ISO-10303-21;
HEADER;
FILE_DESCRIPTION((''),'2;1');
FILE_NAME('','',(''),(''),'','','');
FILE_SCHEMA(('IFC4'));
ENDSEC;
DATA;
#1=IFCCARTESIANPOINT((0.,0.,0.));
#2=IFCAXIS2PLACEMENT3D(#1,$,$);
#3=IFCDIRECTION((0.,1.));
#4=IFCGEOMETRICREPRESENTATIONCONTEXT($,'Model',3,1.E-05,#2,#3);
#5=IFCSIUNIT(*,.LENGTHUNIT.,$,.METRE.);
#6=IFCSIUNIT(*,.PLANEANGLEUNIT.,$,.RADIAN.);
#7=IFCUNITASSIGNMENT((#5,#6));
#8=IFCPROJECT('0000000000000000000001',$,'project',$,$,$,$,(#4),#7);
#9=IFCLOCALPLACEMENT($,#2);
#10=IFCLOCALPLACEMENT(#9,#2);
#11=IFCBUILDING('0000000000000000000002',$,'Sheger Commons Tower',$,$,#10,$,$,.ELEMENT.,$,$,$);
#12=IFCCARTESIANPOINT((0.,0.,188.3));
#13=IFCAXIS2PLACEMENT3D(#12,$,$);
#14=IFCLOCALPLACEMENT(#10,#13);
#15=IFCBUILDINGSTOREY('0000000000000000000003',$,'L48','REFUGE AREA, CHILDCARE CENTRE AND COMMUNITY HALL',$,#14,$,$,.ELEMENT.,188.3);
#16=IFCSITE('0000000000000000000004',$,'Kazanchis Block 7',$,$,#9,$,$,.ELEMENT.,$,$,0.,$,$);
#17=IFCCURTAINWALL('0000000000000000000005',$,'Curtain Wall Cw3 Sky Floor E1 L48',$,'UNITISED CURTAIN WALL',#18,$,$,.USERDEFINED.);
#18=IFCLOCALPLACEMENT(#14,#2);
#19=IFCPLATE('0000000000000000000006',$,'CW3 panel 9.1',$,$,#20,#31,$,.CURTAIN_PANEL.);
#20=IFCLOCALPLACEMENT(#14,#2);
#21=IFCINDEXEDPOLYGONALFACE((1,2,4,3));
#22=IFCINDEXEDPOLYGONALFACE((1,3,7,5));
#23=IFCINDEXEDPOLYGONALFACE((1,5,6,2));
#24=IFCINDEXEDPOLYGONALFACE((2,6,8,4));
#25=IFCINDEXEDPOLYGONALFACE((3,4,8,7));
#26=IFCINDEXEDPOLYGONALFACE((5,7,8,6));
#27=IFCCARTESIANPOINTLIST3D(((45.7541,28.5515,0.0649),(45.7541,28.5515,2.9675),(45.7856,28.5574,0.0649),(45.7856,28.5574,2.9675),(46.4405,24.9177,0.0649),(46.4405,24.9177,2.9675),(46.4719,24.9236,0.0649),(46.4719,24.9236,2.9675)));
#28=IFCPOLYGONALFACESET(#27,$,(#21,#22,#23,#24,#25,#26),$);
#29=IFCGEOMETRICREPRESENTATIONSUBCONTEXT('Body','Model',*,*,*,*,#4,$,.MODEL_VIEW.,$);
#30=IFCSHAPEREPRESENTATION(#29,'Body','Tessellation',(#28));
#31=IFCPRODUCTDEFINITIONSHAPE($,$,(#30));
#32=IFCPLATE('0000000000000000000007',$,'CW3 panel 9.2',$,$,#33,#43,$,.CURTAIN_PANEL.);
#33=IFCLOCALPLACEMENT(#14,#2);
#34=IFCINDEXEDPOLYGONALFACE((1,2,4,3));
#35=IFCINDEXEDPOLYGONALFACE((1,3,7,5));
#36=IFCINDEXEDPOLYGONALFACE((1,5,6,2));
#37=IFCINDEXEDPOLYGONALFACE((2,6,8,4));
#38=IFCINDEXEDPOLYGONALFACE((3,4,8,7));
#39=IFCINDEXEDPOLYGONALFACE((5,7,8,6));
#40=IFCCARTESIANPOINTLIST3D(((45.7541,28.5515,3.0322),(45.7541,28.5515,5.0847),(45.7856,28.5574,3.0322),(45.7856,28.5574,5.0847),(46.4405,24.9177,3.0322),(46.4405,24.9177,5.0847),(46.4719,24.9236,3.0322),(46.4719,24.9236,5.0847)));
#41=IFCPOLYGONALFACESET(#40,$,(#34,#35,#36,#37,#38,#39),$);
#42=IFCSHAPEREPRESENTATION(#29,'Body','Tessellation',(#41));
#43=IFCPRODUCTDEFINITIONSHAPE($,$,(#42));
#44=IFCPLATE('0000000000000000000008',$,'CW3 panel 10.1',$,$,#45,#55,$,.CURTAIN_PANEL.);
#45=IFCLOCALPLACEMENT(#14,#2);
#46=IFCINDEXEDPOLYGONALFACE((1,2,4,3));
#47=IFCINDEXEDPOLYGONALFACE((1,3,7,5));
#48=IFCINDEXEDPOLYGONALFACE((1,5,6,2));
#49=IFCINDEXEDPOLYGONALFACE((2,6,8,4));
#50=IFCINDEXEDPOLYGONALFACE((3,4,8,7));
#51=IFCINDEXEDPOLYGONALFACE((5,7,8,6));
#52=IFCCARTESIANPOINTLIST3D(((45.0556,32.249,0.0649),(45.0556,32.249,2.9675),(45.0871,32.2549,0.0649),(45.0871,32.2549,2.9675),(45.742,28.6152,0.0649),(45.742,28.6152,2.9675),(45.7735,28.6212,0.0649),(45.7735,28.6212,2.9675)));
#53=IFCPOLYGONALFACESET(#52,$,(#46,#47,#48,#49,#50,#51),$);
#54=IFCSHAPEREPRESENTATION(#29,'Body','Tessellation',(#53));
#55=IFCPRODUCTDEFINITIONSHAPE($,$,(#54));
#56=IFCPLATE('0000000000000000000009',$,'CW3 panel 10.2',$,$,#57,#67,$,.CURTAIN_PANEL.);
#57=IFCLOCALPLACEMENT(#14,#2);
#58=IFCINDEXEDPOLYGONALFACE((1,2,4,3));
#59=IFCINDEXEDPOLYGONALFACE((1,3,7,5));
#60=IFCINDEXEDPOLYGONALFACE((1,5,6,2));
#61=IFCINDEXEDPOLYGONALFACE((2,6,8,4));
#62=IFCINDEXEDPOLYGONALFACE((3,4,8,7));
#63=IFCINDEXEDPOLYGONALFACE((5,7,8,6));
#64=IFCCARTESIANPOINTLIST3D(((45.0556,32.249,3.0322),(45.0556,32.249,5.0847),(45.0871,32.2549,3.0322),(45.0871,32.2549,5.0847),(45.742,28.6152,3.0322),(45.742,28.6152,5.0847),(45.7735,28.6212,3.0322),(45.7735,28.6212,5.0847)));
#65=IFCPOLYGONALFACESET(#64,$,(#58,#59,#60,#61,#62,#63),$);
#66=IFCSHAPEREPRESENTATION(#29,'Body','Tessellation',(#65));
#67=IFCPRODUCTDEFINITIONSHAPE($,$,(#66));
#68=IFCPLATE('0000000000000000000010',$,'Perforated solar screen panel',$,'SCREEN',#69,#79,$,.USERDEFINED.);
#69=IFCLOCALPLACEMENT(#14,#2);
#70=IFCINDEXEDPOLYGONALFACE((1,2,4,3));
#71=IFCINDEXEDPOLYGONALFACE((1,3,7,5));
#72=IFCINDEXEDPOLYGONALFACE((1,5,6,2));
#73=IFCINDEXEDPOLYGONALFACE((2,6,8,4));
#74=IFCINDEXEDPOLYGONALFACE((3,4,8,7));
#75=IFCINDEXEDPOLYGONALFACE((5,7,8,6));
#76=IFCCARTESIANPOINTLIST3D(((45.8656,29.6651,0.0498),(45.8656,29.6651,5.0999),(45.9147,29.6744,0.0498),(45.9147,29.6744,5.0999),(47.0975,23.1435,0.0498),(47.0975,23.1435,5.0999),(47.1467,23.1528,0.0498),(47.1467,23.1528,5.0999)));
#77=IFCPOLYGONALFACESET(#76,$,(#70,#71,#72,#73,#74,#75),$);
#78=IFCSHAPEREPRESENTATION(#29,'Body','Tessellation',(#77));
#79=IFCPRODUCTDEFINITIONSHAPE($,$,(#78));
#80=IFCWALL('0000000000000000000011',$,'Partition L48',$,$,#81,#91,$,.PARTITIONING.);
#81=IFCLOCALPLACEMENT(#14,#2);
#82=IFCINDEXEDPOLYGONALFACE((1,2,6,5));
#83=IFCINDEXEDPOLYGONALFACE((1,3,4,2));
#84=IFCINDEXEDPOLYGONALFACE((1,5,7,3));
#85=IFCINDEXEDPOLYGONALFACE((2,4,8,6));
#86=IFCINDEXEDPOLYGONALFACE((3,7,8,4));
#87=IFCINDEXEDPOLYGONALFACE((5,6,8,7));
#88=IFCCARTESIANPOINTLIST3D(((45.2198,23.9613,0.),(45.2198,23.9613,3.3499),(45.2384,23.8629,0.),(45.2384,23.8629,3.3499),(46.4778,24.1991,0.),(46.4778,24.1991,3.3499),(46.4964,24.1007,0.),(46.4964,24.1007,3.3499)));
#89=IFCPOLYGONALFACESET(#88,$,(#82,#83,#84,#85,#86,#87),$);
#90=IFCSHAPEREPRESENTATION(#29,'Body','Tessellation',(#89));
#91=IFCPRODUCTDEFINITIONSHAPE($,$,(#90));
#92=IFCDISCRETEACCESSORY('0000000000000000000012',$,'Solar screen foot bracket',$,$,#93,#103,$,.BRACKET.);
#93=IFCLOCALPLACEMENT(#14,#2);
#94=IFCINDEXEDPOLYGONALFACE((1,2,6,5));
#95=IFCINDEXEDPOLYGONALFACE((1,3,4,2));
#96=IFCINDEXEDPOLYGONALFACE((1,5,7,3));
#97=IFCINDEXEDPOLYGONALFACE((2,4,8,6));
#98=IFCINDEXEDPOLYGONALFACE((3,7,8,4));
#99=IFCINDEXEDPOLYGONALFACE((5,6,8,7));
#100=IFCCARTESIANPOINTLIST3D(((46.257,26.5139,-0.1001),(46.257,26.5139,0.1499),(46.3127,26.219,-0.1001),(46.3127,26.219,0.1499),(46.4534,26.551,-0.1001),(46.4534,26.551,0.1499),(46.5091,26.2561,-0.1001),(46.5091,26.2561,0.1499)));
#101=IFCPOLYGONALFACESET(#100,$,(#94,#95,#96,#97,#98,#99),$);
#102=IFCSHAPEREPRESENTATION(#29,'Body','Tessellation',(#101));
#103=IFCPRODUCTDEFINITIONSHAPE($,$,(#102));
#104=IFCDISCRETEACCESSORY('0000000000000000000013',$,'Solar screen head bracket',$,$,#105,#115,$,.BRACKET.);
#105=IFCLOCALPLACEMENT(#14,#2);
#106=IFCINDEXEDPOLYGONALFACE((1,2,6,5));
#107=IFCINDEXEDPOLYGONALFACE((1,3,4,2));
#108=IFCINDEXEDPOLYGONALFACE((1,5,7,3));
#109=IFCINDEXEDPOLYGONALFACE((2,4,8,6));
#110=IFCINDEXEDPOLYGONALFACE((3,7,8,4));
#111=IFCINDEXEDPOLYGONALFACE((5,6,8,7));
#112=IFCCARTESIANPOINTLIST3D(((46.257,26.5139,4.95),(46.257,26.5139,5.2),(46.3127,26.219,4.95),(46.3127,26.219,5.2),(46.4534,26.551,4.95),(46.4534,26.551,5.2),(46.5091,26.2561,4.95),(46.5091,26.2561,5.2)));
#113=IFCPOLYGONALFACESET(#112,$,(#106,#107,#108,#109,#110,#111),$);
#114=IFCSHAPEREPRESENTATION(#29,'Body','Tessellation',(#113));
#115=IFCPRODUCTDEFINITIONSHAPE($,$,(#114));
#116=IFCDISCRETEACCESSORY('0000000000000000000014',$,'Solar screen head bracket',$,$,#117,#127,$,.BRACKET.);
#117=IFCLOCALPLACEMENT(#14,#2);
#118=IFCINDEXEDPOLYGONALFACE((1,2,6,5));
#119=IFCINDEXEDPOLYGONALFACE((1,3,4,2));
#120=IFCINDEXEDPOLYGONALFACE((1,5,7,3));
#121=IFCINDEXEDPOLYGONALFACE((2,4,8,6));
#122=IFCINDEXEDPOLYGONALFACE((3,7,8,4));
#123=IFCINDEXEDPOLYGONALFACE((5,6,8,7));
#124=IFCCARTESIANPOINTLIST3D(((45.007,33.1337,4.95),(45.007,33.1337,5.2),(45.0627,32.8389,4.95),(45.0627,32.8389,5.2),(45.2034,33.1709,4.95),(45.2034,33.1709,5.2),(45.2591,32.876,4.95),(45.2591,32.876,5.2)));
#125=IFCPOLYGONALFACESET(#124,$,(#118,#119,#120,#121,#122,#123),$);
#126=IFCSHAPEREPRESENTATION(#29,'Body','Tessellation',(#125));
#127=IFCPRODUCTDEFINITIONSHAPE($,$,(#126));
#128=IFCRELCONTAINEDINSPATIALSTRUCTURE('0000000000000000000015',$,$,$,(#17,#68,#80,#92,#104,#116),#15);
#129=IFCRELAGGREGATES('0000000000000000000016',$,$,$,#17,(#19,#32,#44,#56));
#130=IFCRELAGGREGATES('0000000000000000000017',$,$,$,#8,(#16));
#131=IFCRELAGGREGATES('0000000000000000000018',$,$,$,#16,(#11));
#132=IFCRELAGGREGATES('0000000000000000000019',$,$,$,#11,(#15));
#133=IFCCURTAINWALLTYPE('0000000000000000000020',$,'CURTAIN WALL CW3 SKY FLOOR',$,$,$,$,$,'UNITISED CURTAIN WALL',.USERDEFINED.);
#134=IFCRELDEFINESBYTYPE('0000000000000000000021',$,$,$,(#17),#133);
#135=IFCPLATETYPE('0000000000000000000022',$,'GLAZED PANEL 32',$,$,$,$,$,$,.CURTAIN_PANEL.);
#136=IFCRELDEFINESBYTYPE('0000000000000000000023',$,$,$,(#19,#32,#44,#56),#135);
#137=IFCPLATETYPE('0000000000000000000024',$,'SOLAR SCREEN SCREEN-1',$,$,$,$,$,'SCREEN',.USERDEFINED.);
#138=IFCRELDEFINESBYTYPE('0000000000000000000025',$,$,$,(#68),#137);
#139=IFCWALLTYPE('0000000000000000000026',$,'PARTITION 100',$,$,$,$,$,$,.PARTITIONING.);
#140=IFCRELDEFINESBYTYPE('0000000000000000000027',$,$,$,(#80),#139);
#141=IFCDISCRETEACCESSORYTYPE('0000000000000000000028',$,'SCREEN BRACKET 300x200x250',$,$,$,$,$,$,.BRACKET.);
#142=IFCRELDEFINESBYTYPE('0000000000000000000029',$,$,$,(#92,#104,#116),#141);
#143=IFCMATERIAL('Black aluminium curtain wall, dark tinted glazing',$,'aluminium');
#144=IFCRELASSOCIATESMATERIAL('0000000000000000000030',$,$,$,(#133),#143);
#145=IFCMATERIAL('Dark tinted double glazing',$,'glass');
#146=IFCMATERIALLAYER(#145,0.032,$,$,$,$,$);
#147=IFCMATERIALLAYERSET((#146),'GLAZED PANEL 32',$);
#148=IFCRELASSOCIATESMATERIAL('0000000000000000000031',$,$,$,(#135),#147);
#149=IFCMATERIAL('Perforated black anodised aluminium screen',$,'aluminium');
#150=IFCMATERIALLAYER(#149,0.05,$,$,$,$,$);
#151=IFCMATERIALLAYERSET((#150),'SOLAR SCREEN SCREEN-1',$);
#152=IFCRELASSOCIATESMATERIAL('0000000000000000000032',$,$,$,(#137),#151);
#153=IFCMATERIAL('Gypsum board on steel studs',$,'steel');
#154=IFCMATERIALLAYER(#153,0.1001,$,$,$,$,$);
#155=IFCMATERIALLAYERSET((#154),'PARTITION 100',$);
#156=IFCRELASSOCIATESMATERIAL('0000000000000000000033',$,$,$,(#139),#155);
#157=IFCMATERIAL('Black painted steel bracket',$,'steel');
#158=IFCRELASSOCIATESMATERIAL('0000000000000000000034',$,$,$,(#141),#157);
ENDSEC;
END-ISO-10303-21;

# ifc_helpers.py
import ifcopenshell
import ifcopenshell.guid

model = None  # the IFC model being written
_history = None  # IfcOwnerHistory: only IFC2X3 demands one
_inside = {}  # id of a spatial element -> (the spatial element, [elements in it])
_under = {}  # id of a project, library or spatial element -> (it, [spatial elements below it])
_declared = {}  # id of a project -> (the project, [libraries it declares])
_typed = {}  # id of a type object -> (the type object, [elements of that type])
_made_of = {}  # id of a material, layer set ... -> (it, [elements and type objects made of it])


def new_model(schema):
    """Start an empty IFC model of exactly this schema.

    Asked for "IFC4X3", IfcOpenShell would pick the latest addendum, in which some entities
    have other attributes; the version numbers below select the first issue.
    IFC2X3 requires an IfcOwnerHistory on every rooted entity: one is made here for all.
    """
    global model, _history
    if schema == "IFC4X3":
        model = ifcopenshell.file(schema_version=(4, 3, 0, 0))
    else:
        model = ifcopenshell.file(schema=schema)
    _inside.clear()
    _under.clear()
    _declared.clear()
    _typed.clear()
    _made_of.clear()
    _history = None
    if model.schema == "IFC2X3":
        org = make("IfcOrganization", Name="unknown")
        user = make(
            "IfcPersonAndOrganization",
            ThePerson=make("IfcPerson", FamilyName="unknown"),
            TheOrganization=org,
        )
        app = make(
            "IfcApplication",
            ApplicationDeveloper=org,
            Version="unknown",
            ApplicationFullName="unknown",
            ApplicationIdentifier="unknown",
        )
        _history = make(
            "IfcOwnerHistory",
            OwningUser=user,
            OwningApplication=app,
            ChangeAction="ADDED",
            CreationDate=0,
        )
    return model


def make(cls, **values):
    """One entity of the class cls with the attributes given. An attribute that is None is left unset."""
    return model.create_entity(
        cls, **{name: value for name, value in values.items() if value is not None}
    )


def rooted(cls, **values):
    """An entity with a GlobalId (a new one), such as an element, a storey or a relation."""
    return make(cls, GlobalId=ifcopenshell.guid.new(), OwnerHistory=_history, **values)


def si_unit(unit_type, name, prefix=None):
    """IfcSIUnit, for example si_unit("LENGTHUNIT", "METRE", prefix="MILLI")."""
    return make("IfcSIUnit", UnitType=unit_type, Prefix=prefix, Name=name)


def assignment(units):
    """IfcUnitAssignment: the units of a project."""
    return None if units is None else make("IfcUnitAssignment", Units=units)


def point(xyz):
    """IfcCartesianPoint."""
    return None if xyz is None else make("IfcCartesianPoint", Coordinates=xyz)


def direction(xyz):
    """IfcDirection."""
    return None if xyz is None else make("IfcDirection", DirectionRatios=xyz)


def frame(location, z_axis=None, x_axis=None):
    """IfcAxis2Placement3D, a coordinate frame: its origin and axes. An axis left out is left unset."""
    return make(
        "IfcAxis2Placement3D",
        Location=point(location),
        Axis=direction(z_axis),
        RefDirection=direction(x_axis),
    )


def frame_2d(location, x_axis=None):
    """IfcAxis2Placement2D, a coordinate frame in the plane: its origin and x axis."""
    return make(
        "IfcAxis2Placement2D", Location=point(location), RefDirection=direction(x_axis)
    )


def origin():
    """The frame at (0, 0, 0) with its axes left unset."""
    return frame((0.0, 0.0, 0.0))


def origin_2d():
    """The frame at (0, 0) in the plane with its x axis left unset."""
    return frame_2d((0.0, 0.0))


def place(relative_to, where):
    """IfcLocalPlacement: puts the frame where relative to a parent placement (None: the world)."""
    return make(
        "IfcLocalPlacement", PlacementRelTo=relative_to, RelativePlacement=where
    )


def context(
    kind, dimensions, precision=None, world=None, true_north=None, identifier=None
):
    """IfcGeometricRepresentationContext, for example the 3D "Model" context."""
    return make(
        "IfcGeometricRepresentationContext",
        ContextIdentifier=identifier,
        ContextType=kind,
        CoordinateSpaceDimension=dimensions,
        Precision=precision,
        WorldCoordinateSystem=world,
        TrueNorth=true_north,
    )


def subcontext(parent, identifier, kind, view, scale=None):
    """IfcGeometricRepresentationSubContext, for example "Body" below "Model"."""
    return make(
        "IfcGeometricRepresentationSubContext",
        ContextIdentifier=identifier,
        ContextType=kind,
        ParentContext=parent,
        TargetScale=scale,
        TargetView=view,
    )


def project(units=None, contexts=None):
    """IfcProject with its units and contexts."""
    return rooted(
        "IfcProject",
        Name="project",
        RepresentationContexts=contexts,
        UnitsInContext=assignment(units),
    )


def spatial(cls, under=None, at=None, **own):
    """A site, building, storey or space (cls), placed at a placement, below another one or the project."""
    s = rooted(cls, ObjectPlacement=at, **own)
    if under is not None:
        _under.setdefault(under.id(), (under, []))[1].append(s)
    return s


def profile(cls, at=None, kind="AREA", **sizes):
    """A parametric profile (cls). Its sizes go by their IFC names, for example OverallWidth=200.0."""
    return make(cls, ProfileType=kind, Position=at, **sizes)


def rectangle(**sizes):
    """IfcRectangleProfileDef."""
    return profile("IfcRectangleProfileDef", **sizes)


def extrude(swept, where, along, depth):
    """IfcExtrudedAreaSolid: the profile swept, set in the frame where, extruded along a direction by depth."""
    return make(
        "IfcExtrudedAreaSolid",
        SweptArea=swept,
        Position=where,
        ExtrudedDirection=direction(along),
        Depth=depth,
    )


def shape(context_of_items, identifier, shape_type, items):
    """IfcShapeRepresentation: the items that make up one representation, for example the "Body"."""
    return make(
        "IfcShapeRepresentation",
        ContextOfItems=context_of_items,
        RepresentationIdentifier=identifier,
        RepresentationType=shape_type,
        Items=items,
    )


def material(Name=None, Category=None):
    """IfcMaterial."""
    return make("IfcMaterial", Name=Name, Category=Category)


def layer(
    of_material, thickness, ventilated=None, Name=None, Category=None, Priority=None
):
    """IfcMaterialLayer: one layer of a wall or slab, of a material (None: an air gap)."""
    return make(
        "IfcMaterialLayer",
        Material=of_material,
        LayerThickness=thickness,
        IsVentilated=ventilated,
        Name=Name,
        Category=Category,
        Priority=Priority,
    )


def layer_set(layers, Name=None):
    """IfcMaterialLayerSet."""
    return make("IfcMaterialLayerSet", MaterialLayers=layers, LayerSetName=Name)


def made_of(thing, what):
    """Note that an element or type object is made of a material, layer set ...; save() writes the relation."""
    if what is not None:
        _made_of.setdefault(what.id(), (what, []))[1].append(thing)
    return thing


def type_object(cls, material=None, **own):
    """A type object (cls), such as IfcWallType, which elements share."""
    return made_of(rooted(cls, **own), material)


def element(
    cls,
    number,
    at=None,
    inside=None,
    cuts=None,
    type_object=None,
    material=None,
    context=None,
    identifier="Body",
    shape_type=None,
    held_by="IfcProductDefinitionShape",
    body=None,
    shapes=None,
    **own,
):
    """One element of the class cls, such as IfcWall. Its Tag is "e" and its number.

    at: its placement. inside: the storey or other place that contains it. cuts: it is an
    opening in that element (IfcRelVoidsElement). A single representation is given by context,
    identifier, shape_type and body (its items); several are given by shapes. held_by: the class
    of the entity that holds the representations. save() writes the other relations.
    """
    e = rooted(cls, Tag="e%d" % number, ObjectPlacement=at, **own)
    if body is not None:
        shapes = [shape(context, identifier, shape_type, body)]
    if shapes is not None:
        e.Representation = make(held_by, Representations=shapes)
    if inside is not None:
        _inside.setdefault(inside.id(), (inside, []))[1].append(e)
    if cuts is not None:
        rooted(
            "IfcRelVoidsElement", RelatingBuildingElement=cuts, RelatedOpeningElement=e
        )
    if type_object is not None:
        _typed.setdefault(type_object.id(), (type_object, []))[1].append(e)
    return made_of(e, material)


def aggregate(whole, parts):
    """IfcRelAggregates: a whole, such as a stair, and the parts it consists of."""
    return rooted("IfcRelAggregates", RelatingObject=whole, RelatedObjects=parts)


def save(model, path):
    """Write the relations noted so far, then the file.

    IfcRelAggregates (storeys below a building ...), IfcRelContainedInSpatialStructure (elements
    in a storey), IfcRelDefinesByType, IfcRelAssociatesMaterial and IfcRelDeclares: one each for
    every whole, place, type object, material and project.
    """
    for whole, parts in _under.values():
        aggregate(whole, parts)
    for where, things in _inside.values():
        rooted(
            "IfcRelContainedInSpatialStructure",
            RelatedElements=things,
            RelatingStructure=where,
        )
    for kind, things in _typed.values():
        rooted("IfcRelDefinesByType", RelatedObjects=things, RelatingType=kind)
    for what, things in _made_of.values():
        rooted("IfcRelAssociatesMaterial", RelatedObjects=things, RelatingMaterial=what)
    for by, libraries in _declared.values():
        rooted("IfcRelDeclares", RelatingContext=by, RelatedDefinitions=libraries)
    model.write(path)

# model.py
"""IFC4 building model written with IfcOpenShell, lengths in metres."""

from ifc_helpers import new_model, si_unit, direction, frame, frame_2d, origin, origin_2d, place, context, subcontext, project, spatial, rectangle, extrude, material, layer, layer_set, type_object, element, aggregate, save


model = new_model("IFC4")

# Units and contexts
model_context = context("Model", 3, precision=1e-05, world=origin(), true_north=direction((0.0, 1.0)))
body_context = subcontext(model_context, "Body", "Model", "MODEL_VIEW")
ifc_project = project(units=[si_unit("LENGTHUNIT", "METRE"), si_unit("PLANEANGLEUNIT", "RADIAN")], contexts=[model_context])

# Site, building, storey
site_placement = place(None, origin())
site = spatial("IfcSite", under=ifc_project, at=site_placement, Name="Kazanchis Block 7", CompositionType="ELEMENT", RefElevation=0.0)
building_placement = place(site_placement, origin())
building = spatial("IfcBuilding", under=site, at=building_placement, Name="Sheger Commons Tower", CompositionType="ELEMENT")
storey_placement = place(building_placement, frame((0.0, 0.0, 188.3)))
storey = spatial("IfcBuildingStorey", under=building, at=storey_placement, Name="L48", Description="REFUGE AREA, CHILDCARE CENTRE AND COMMUNITY HALL", CompositionType="ELEMENT", Elevation=188.3)

# Curtain wall, plates
ifc_material_1 = material(Name="Black aluminium curtain wall, dark tinted glazing", Category="aluminium")
curtain_wall_type = type_object("IfcCurtainWallType", Name="CURTAIN WALL CW3 SKY FLOOR", ElementType="UNITISED CURTAIN WALL", PredefinedType="USERDEFINED", material=ifc_material_1)
curtain_wall_placement = place(storey_placement, origin())
curtain_wall = element("IfcCurtainWall", 1, at=curtain_wall_placement, inside=storey, type_object=curtain_wall_type, Name="Curtain Wall Cw3 Sky Floor E1 L48", ObjectType="UNITISED CURTAIN WALL", PredefinedType="USERDEFINED")
ifc_material_2 = material(Name="Dark tinted double glazing", Category="glass")
ifc_layer_1 = layer(ifc_material_2, 0.032)
ifc_layer_set_1 = layer_set([ifc_layer_1], Name="GLAZED PANEL 32")
plate_type_1 = type_object("IfcPlateType", Name="GLAZED PANEL 32", PredefinedType="CURTAIN_PANEL", material=ifc_layer_set_1)
plate_1_placement = place(storey_placement, frame((46.113, 26.7375, 0.0649), z_axis=(0.0, 0.0, 1.0), x_axis=(-0.18561, 0.982624, 0.0)))
plate_1 = element("IfcPlate", 2, at=plate_1_placement, type_object=plate_type_1, Name="CW3 panel 9.1", PredefinedType="CURTAIN_PANEL", context=body_context, shape_type="SweptSolid", body=[
    extrude(rectangle(XDim=3.698, YDim=0.032, at=origin_2d()), origin(), (0.0, 0.0, 1.0), 2.9026),
])
plate_2_placement = place(storey_placement, frame((46.113, 26.7375, 3.0322), z_axis=(0.0, 0.0, 1.0), x_axis=(-0.18561, 0.982624, 0.0)))
plate_2 = element("IfcPlate", 3, at=plate_2_placement, type_object=plate_type_1, Name="CW3 panel 9.2", PredefinedType="CURTAIN_PANEL", context=body_context, shape_type="SweptSolid", body=[
    extrude(rectangle(XDim=3.698, YDim=0.032, at=origin_2d()), origin(), (0.0, 0.0, 1.0), 2.0525),
])
plate_3_placement = place(storey_placement, frame((45.4146, 30.4351, 0.0649), z_axis=(0.0, 0.0, 1.0), x_axis=(-0.18561, 0.982624, 0.0)))
plate_3 = element("IfcPlate", 4, at=plate_3_placement, type_object=plate_type_1, Name="CW3 panel 10.1", PredefinedType="CURTAIN_PANEL", context=body_context, shape_type="SweptSolid", body=[
    extrude(rectangle(XDim=3.698, YDim=0.032, at=origin_2d()), origin(), (0.0, 0.0, 1.0), 2.9026),
])
plate_4_placement = place(storey_placement, frame((45.4146, 30.4351, 3.0322), z_axis=(0.0, 0.0, 1.0), x_axis=(-0.18561, 0.982624, 0.0)))
plate_4 = element("IfcPlate", 5, at=plate_4_placement, type_object=plate_type_1, Name="CW3 panel 10.2", PredefinedType="CURTAIN_PANEL", context=body_context, shape_type="SweptSolid", body=[
    extrude(rectangle(XDim=3.698, YDim=0.032, at=origin_2d()), origin(), (0.0, 0.0, 1.0), 2.0525),
])
aggregate(curtain_wall, [plate_1, plate_2, plate_3, plate_4])

# Plate
ifc_material_3 = material(Name="Perforated black anodised aluminium screen", Category="aluminium")
ifc_layer_2 = layer(ifc_material_3, 0.05)
ifc_layer_set_2 = layer_set([ifc_layer_2], Name="SOLAR SCREEN SCREEN-1")
plate_type_2 = type_object("IfcPlateType", Name="SOLAR SCREEN SCREEN-1", ElementType="SCREEN", PredefinedType="USERDEFINED", material=ifc_layer_set_2)
plate_5_placement = place(storey_placement, frame((46.5061, 26.4089, 0.0498), z_axis=(0.0, 0.0, 1.0), x_axis=(-0.185615, 0.982623, 0.0)))
element("IfcPlate", 6, at=plate_5_placement, inside=storey, type_object=plate_type_2, Name="Perforated solar screen panel", ObjectType="SCREEN", PredefinedType="USERDEFINED", context=body_context, shape_type="SweptSolid", body=[
    extrude(rectangle(XDim=6.637, YDim=0.05, at=origin_2d()), origin(), (0.0, 0.0, 1.0), 5.05),
])

# Wall
ifc_material_4 = material(Name="Gypsum board on steel studs", Category="steel")
ifc_layer_3 = layer(ifc_material_4, 0.1001)
ifc_layer_set_3 = layer_set([ifc_layer_3], Name="PARTITION 100")
wall_type = type_object("IfcWallType", Name="PARTITION 100", PredefinedType="PARTITIONING", material=ifc_layer_set_3)
wall_placement = place(storey_placement, frame((46.4871, 24.1499, 0.0), z_axis=(0.0, 0.0, 1.0), x_axis=(-0.982601, -0.185727, 0.0)))
element("IfcWall", 7, at=wall_placement, inside=storey, type_object=wall_type, Name="Partition L48", PredefinedType="PARTITIONING", context=body_context, shape_type="SweptSolid", body=[
    extrude(rectangle(XDim=1.2803, YDim=0.1001, at=frame_2d((0.6401, 0.0))), origin(), (0.0, 0.0, 1.0), 3.3499),
])

# Discrete accessories
ifc_material_5 = material(Name="Black painted steel bracket", Category="steel")
discrete_accessory_type = type_object("IfcDiscreteAccessoryType", Name="SCREEN BRACKET 300x200x250", PredefinedType="BRACKET", material=ifc_material_5)
for number, where, z_axis, x_axis, name in (
    (8, (46.3831, 26.385, -0.1001), (0.0, 0.0, 1.0), (-0.185615, 0.982623, 0.0), "Solar screen foot bracket"),
    (9, (46.3831, 26.385, 4.95), (0.0, 0.0, 1.0), (-0.185615, 0.982623, 0.0), "Solar screen head bracket"),
    (10, (45.1331, 33.0049, 4.95), (0.0, 0.0, 1.0), (-0.185615, 0.982623, 0.0), "Solar screen head bracket"),
):
    element("IfcDiscreteAccessory", number, at=place(storey_placement, frame(where, z_axis=z_axis, x_axis=x_axis)), inside=storey, type_object=discrete_accessory_type, Name=name, PredefinedType="BRACKET", context=body_context, shape_type="SweptSolid", body=[
        extrude(rectangle(XDim=0.3, YDim=0.2, at=origin_2d()), origin(), (0.0, 0.0, 1.0), 0.25),
    ])

save(model, "model.ifc")
